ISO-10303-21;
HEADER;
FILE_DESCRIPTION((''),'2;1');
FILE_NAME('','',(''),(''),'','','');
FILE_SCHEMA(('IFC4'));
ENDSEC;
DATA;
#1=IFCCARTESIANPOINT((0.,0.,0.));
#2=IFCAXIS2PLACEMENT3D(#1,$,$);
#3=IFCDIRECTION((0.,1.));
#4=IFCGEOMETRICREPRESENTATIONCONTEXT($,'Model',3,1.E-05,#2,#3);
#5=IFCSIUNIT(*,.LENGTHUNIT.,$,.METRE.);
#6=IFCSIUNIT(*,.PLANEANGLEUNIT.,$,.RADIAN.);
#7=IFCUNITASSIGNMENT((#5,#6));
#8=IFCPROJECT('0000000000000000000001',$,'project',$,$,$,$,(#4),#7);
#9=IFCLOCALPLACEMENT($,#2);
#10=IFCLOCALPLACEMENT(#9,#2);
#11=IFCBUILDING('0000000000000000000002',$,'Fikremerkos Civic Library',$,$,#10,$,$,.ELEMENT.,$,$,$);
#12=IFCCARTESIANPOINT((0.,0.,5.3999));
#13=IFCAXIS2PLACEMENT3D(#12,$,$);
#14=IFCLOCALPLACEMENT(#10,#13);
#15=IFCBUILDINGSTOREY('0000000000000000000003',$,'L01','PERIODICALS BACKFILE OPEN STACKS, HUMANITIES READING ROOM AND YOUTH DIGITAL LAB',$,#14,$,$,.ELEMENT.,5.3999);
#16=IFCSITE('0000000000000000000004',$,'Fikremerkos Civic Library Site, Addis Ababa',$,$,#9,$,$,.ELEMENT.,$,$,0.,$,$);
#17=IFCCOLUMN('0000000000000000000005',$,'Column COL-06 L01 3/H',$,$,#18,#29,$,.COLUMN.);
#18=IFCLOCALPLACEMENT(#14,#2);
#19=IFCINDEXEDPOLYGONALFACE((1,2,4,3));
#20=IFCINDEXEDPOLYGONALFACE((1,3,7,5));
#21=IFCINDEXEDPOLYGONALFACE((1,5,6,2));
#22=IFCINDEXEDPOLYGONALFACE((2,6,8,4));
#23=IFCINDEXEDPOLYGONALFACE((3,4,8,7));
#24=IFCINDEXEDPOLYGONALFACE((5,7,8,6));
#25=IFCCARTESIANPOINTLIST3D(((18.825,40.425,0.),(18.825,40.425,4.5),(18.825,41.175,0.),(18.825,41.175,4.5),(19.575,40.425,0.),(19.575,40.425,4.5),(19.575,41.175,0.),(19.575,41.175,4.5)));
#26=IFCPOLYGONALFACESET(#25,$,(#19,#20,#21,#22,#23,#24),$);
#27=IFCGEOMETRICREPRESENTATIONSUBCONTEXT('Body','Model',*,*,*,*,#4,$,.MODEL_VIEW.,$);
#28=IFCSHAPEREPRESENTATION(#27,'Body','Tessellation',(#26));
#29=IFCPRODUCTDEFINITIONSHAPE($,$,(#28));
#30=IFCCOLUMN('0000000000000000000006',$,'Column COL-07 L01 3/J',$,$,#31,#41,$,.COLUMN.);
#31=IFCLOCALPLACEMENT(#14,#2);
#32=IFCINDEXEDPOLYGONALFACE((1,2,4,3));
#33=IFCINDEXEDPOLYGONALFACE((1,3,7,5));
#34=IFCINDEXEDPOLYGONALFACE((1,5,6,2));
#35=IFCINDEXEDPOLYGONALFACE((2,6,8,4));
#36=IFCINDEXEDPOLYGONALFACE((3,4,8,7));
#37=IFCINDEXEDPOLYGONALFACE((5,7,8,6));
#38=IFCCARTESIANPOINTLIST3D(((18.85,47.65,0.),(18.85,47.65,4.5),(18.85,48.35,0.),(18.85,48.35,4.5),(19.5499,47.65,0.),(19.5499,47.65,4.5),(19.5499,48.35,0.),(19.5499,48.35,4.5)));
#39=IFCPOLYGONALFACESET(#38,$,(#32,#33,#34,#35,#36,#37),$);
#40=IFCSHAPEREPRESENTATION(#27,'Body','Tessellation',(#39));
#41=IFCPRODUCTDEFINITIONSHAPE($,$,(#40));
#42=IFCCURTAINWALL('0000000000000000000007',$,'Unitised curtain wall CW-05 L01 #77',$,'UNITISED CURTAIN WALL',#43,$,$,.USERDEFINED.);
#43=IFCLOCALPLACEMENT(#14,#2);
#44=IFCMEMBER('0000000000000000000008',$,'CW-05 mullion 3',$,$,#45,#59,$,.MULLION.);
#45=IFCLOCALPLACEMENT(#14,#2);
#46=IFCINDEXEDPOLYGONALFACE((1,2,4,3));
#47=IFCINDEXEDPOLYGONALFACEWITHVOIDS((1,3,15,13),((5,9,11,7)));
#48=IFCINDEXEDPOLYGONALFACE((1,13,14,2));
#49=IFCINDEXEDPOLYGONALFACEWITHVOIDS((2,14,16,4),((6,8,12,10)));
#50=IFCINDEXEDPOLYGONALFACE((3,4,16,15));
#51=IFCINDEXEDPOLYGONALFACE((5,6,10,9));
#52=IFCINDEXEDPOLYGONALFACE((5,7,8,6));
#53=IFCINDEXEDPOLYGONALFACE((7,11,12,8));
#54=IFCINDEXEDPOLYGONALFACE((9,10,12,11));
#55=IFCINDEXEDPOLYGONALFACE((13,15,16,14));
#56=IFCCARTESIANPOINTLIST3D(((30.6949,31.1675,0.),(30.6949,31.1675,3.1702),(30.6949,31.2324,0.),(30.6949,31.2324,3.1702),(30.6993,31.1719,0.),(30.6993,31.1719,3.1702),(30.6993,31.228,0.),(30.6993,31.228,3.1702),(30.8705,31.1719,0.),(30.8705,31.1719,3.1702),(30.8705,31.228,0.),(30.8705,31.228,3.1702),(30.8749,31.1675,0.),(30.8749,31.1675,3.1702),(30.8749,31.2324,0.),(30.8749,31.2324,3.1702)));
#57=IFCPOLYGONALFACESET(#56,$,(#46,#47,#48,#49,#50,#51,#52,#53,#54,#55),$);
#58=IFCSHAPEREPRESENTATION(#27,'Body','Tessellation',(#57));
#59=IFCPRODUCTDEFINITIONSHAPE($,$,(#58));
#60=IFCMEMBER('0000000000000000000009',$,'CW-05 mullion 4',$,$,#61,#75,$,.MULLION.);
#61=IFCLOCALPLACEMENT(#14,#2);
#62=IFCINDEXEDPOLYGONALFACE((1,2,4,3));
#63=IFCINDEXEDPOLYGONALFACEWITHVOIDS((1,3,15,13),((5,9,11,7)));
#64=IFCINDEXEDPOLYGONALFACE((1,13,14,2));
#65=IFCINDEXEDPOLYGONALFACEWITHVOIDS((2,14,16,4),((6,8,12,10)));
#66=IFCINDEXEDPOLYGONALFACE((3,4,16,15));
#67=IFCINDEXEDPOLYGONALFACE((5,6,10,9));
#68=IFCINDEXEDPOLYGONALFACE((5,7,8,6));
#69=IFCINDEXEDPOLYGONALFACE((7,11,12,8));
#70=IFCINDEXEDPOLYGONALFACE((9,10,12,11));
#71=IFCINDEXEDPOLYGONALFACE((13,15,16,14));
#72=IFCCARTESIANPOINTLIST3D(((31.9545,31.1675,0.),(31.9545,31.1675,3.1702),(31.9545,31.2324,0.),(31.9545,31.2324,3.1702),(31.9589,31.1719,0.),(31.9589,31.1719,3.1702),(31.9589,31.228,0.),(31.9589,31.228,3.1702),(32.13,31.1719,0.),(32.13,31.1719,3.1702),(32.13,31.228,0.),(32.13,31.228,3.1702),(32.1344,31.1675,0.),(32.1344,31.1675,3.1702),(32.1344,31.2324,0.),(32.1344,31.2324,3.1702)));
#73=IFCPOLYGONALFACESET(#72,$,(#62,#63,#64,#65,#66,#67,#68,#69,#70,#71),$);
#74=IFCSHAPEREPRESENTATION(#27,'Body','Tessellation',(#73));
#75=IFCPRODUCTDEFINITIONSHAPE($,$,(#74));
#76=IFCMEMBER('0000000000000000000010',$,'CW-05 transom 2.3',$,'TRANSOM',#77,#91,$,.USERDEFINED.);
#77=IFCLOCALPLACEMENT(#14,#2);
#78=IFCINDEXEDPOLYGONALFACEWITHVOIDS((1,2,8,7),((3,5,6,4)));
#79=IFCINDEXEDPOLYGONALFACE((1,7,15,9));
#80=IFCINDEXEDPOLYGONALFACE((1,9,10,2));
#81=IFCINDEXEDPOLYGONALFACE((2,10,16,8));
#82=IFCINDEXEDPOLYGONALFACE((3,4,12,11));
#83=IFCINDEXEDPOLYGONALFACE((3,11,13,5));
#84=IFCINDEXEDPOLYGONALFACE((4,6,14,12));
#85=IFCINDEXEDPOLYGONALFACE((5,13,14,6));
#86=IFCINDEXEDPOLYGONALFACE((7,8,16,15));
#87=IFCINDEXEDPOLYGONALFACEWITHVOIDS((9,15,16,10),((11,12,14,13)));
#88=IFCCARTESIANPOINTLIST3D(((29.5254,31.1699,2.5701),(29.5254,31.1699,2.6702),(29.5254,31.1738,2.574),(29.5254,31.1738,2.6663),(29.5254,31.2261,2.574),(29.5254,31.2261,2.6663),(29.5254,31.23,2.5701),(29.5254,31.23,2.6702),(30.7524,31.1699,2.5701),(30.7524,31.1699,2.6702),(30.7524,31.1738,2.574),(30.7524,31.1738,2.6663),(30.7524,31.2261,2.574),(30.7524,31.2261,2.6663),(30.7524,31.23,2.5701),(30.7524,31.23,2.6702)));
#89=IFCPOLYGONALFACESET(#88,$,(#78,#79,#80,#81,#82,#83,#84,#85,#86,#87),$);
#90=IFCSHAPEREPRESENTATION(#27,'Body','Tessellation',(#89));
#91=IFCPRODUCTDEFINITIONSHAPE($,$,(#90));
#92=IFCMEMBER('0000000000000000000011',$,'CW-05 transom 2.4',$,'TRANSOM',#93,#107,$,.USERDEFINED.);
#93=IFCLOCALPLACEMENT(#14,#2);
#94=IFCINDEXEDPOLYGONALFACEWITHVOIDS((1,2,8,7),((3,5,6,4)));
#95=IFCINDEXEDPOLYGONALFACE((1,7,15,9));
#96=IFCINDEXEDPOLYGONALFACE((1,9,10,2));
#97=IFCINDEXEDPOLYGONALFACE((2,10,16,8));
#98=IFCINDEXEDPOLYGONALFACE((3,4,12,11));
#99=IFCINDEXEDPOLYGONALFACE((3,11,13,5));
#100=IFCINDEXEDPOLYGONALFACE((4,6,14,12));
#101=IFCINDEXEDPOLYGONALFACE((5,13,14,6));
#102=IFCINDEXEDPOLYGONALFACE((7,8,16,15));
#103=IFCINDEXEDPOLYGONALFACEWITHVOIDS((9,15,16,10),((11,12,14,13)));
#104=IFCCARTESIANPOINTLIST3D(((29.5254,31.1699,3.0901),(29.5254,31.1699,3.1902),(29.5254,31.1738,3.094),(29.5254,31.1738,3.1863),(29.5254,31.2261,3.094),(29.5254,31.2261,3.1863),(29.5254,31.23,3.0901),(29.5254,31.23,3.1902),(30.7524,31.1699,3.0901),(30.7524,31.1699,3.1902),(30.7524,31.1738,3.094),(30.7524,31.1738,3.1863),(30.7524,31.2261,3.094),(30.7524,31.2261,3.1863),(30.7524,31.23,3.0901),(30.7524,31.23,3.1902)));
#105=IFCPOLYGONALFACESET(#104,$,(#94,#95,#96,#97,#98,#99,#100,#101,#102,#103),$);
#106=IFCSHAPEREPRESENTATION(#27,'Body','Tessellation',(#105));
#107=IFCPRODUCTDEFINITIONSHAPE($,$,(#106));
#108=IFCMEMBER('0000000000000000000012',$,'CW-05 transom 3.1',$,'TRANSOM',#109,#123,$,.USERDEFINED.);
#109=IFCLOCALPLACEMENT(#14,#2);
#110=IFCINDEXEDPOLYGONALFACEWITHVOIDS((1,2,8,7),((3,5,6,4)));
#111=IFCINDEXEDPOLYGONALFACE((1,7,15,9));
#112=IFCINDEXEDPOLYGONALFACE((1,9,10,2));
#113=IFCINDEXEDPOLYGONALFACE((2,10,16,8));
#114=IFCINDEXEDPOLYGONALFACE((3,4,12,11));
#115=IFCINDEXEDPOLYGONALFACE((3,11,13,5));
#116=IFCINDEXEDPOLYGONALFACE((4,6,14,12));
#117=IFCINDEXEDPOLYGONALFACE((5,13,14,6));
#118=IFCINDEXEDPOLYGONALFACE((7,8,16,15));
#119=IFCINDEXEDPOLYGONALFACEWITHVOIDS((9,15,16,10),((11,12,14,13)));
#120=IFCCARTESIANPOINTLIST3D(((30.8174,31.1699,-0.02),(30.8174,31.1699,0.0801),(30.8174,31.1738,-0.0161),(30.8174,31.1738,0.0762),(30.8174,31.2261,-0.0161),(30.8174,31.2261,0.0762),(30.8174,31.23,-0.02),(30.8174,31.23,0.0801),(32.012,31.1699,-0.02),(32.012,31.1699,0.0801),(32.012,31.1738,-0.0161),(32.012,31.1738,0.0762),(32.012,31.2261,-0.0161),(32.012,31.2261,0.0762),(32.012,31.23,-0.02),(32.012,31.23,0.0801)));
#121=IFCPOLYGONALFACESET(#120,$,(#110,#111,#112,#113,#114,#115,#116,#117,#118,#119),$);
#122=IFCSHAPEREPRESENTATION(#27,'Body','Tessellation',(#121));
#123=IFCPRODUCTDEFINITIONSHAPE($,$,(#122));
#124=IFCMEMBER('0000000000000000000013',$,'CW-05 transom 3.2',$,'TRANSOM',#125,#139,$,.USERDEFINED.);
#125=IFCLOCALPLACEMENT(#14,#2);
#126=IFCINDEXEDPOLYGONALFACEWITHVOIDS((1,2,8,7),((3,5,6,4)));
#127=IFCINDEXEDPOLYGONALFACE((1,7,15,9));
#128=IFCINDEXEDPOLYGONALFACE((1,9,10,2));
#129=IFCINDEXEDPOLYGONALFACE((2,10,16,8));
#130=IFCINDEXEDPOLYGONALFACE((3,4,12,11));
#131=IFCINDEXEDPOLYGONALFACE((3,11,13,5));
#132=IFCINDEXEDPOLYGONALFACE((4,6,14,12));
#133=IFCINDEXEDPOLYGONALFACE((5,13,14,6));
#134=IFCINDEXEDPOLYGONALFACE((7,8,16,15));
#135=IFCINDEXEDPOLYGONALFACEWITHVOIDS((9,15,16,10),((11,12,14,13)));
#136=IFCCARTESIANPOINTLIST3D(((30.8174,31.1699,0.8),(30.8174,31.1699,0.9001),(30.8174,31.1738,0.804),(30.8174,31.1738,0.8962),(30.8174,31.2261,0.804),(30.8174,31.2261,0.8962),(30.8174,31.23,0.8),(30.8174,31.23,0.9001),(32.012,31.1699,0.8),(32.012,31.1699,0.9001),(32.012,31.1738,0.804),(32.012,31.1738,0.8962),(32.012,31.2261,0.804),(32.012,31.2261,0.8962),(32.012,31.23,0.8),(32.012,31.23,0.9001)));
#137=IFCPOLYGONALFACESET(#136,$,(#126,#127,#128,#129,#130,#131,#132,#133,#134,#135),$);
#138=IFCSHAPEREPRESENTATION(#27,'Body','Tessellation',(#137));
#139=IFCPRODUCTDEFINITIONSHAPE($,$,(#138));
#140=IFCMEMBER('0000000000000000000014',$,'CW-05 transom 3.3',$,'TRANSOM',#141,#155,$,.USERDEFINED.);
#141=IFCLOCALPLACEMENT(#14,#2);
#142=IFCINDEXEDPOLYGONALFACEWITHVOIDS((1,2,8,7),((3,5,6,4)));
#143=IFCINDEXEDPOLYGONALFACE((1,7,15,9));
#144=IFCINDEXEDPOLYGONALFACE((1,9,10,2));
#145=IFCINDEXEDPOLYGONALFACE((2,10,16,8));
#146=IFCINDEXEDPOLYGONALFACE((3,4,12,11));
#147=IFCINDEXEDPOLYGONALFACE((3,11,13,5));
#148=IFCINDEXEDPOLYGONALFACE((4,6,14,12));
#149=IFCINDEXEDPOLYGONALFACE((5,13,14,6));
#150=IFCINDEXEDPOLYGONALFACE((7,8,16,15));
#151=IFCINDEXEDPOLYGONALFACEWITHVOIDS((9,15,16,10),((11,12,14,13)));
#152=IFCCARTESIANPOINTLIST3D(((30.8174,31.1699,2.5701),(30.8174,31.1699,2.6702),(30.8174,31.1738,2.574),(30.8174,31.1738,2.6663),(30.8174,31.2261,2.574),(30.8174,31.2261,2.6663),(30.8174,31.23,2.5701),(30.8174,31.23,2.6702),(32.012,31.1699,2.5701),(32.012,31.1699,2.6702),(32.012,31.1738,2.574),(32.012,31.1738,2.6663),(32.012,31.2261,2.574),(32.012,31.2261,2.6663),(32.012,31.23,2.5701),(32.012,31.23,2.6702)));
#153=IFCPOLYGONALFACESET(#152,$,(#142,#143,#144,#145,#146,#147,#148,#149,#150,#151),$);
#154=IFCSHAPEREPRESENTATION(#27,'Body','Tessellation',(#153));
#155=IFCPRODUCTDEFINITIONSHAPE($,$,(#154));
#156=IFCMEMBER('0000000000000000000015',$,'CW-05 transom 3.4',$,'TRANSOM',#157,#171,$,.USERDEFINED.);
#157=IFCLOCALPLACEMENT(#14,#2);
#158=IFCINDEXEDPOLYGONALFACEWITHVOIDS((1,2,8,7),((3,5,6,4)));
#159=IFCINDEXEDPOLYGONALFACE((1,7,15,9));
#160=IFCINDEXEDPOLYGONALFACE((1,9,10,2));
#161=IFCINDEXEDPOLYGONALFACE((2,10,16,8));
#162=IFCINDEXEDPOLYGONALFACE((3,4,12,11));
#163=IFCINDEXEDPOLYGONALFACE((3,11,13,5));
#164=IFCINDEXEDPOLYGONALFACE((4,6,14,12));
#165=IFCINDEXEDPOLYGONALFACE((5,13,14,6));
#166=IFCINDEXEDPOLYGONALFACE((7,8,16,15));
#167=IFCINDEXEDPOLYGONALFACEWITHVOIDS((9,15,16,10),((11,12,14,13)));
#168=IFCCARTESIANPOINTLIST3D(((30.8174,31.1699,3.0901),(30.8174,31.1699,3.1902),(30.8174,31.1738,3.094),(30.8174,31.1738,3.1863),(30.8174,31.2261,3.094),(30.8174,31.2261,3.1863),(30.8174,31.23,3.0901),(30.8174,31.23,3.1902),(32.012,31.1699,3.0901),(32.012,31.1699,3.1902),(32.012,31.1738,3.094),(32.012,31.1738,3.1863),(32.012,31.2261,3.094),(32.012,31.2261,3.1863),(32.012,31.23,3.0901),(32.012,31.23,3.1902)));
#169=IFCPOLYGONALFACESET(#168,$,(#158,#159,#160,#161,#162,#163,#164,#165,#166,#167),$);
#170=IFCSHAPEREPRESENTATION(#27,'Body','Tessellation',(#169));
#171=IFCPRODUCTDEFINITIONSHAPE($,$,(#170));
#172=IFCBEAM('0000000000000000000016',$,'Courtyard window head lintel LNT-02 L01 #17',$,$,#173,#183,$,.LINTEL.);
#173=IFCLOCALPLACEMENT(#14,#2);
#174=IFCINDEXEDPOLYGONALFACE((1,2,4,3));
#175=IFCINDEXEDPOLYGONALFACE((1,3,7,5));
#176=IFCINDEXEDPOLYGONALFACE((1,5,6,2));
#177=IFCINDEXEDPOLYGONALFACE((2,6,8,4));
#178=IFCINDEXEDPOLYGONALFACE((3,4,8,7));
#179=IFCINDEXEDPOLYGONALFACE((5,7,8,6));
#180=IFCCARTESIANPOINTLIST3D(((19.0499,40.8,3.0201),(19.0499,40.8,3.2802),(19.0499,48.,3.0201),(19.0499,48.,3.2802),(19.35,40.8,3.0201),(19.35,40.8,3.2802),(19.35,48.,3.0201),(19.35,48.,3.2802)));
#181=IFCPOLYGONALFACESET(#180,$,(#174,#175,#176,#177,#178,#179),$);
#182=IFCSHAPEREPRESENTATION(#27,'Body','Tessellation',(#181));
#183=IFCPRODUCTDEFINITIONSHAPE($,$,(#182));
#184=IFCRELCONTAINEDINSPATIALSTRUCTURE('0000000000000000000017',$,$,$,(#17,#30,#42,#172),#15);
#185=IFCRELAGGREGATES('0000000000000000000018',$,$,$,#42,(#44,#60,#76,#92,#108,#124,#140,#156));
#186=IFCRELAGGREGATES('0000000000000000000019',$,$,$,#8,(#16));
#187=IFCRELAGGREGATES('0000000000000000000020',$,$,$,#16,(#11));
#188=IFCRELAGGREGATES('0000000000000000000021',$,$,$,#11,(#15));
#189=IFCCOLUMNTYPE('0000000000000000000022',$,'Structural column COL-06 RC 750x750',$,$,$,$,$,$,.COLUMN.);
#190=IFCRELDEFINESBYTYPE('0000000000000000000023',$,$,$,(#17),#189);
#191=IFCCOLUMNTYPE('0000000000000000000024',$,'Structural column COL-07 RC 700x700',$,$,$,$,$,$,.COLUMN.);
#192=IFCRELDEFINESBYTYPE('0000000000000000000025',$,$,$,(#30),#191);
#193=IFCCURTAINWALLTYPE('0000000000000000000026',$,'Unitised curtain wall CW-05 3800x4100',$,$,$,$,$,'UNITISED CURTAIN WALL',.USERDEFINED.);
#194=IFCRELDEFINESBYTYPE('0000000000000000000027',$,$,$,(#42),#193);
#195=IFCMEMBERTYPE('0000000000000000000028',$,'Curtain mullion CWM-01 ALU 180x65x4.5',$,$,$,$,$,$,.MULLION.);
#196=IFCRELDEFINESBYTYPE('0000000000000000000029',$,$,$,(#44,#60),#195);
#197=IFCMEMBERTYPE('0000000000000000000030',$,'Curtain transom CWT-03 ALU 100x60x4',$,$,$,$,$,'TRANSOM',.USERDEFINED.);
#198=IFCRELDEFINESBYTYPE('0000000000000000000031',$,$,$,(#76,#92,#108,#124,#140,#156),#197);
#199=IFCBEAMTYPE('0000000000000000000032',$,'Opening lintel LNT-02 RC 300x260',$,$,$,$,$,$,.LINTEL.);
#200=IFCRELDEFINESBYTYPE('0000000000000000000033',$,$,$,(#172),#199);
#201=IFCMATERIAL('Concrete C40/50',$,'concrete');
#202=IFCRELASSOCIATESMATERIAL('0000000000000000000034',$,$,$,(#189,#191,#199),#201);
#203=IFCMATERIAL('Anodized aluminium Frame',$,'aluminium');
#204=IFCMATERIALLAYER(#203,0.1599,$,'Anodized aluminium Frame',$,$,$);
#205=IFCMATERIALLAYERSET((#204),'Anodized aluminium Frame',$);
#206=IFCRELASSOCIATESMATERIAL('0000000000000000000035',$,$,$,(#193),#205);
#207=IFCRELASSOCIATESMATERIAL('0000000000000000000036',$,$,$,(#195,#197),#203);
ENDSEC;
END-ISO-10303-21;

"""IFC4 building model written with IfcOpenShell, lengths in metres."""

from ifc_helpers import new_model, si_unit, direction, frame, origin, origin_2d, place, context, subcontext, project, spatial, rectangle, hollow_rectangle, extrude, material, layer, layer_set, material_profile, profile_set, type_object, element, aggregate, save


model = new_model("IFC4")

# Units and contexts
model_context = context("Model", 3, precision=1e-05, world=origin(), true_north=direction((0.0, 1.0)))
body_context = subcontext(model_context, "Body", "Model", "MODEL_VIEW")
ifc_project = project(units=[si_unit("LENGTHUNIT", "METRE"), si_unit("PLANEANGLEUNIT", "RADIAN")], contexts=[model_context])

# Site, building, storey
site_placement = place(None, origin())
site = spatial("IfcSite", under=ifc_project, at=site_placement, Name="Fikremerkos Civic Library Site, Addis Ababa", CompositionType="ELEMENT", RefElevation=0.0)
building_placement = place(site_placement, origin())
building = spatial("IfcBuilding", under=site, at=building_placement, Name="Fikremerkos Civic Library", CompositionType="ELEMENT")
storey_placement = place(building_placement, frame((0.0, 0.0, 5.3999)))
storey = spatial("IfcBuildingStorey", under=building, at=storey_placement, Name="L01", Description="PERIODICALS BACKFILE OPEN STACKS, HUMANITIES READING ROOM AND YOUTH DIGITAL LAB", CompositionType="ELEMENT", Elevation=5.3999)

# Columns
ifc_material_1 = material(Name="Concrete C40/50", Category="concrete")
ifc_material_profile_1 = material_profile(ifc_material_1, rectangle(XDim=0.75, YDim=0.75, at=origin_2d()), Name="RC 750x750")
ifc_profile_set_1 = profile_set([ifc_material_profile_1], Name="Concrete C40/50")
column_type_1 = type_object("IfcColumnType", Name="Structural column COL-06 RC 750x750", PredefinedType="COLUMN", material=ifc_profile_set_1)
column_1_placement = place(storey_placement, frame((19.2, 40.8, 0.0), z_axis=(0.0, 0.0, 1.0), x_axis=(1.0, 0.0, 0.0)))
element("IfcColumn", 1, at=column_1_placement, inside=storey, type_object=column_type_1, Name="Column COL-06 L01 3/H", PredefinedType="COLUMN", context=body_context, shape_type="SweptSolid", body=[
    extrude(rectangle(XDim=0.75, YDim=0.75, at=origin_2d()), origin(), (0.0, 0.0, 1.0), 4.5),
])
ifc_material_profile_2 = material_profile(ifc_material_1, rectangle(XDim=0.7, YDim=0.7, at=origin_2d()), Name="RC 700x700")
ifc_profile_set_2 = profile_set([ifc_material_profile_2], Name="Concrete C40/50")
column_type_2 = type_object("IfcColumnType", Name="Structural column COL-07 RC 700x700", PredefinedType="COLUMN", material=ifc_profile_set_2)
column_2_placement = place(storey_placement, frame((19.2, 48.0, 0.0), z_axis=(0.0, 0.0, 1.0), x_axis=(1.0, 0.0, 0.0)))
element("IfcColumn", 2, at=column_2_placement, inside=storey, type_object=column_type_2, Name="Column COL-07 L01 3/J", PredefinedType="COLUMN", context=body_context, shape_type="SweptSolid", body=[
    extrude(rectangle(XDim=0.7, YDim=0.7, at=origin_2d()), origin(), (0.0, 0.0, 1.0), 4.5),
])

# Curtain wall, members
ifc_material_2 = material(Name="Anodized aluminium Frame", Category="aluminium")
ifc_layer_1 = layer(ifc_material_2, 0.1599, Name="Anodized aluminium Frame")
ifc_layer_set_1 = layer_set([ifc_layer_1], Name="Anodized aluminium Frame")
curtain_wall_type = type_object("IfcCurtainWallType", Name="Unitised curtain wall CW-05 3800x4100", ElementType="UNITISED CURTAIN WALL", PredefinedType="USERDEFINED", material=ifc_layer_set_1)
curtain_wall_placement = place(storey_placement, origin())
curtain_wall = element("IfcCurtainWall", 3, at=curtain_wall_placement, inside=storey, type_object=curtain_wall_type, Name="Unitised curtain wall CW-05 L01 #77", ObjectType="UNITISED CURTAIN WALL", PredefinedType="USERDEFINED")
ifc_material_profile_3 = material_profile(ifc_material_2, hollow_rectangle(XDim=0.0649, YDim=0.1799, WallThickness=0.0044, at=origin_2d()), Name="ALU 180x65x4.5")
ifc_profile_set_3 = profile_set([ifc_material_profile_3], Name="Anodized aluminium Frame")
member_type_1 = type_object("IfcMemberType", Name="Curtain mullion CWM-01 ALU 180x65x4.5", PredefinedType="MULLION", material=ifc_profile_set_3)
member_1_placement = place(storey_placement, frame((30.7849, 31.2, 0.0), z_axis=(0.0, 0.0, 1.0), x_axis=(0.0, 1.0, 0.0)))
member_1 = element("IfcMember", 4, at=member_1_placement, type_object=member_type_1, Name="CW-05 mullion 3", PredefinedType="MULLION", context=body_context, shape_type="SweptSolid", body=[
    extrude(hollow_rectangle(XDim=0.0649, YDim=0.1799, WallThickness=0.0044, at=origin_2d()), origin(), (0.0, 0.0, 1.0), 3.1702),
])
member_2_placement = place(storey_placement, frame((32.0444, 31.2, 0.0), z_axis=(0.0, 0.0, 1.0), x_axis=(0.0, 1.0, 0.0)))
member_2 = element("IfcMember", 5, at=member_2_placement, type_object=member_type_1, Name="CW-05 mullion 4", PredefinedType="MULLION", context=body_context, shape_type="SweptSolid", body=[
    extrude(hollow_rectangle(XDim=0.0649, YDim=0.1799, WallThickness=0.0044, at=origin_2d()), origin(), (0.0, 0.0, 1.0), 3.1702),
])
ifc_material_profile_4 = material_profile(ifc_material_2, hollow_rectangle(XDim=0.0601, YDim=0.1001, WallThickness=0.0039, at=origin_2d()), Name="ALU 100x60x4")
ifc_profile_set_4 = profile_set([ifc_material_profile_4], Name="Anodized aluminium Frame")
member_type_2 = type_object("IfcMemberType", Name="Curtain transom CWT-03 ALU 100x60x4", ElementType="TRANSOM", PredefinedType="USERDEFINED", material=ifc_profile_set_4)
member_3_placement = place(storey_placement, frame((29.5254, 31.2, 2.6201), z_axis=(1.0, 0.0, 0.0), x_axis=(0.0, 1.0, 0.0)))
member_3 = element("IfcMember", 6, at=member_3_placement, type_object=member_type_2, Name="CW-05 transom 2.3", ObjectType="TRANSOM", PredefinedType="USERDEFINED", context=body_context, shape_type="SweptSolid", body=[
    extrude(hollow_rectangle(XDim=0.0601, YDim=0.1001, WallThickness=0.0039, at=origin_2d()), origin(), (0.0, 0.0, 1.0), 1.2271),
])
member_4_placement = place(storey_placement, frame((29.5254, 31.2, 3.1401), z_axis=(1.0, 0.0, 0.0), x_axis=(0.0, 1.0, 0.0)))
member_4 = element("IfcMember", 7, at=member_4_placement, type_object=member_type_2, Name="CW-05 transom 2.4", ObjectType="TRANSOM", PredefinedType="USERDEFINED", context=body_context, shape_type="SweptSolid", body=[
    extrude(hollow_rectangle(XDim=0.0601, YDim=0.1001, WallThickness=0.0039, at=origin_2d()), origin(), (0.0, 0.0, 1.0), 1.2271),
])
member_5_placement = place(storey_placement, frame((30.8174, 31.2, 0.03), z_axis=(1.0, 0.0, 0.0), x_axis=(0.0, 1.0, 0.0)))
member_5 = element("IfcMember", 8, at=member_5_placement, type_object=member_type_2, Name="CW-05 transom 3.1", ObjectType="TRANSOM", PredefinedType="USERDEFINED", context=body_context, shape_type="SweptSolid", body=[
    extrude(hollow_rectangle(XDim=0.0601, YDim=0.1001, WallThickness=0.0039, at=origin_2d()), origin(), (0.0, 0.0, 1.0), 1.1946),
])
member_6_placement = place(storey_placement, frame((30.8174, 31.2, 0.8501), z_axis=(1.0, 0.0, 0.0), x_axis=(0.0, 1.0, 0.0)))
member_6 = element("IfcMember", 9, at=member_6_placement, type_object=member_type_2, Name="CW-05 transom 3.2", ObjectType="TRANSOM", PredefinedType="USERDEFINED", context=body_context, shape_type="SweptSolid", body=[
    extrude(hollow_rectangle(XDim=0.0601, YDim=0.1001, WallThickness=0.0039, at=origin_2d()), origin(), (0.0, 0.0, 1.0), 1.1946),
])
member_7_placement = place(storey_placement, frame((30.8174, 31.2, 2.6201), z_axis=(1.0, 0.0, 0.0), x_axis=(0.0, 1.0, 0.0)))
member_7 = element("IfcMember", 10, at=member_7_placement, type_object=member_type_2, Name="CW-05 transom 3.3", ObjectType="TRANSOM", PredefinedType="USERDEFINED", context=body_context, shape_type="SweptSolid", body=[
    extrude(hollow_rectangle(XDim=0.0601, YDim=0.1001, WallThickness=0.0039, at=origin_2d()), origin(), (0.0, 0.0, 1.0), 1.1946),
])
member_8_placement = place(storey_placement, frame((30.8174, 31.2, 3.1401), z_axis=(1.0, 0.0, 0.0), x_axis=(0.0, 1.0, 0.0)))
member_8 = element("IfcMember", 11, at=member_8_placement, type_object=member_type_2, Name="CW-05 transom 3.4", ObjectType="TRANSOM", PredefinedType="USERDEFINED", context=body_context, shape_type="SweptSolid", body=[
    extrude(hollow_rectangle(XDim=0.0601, YDim=0.1001, WallThickness=0.0039, at=origin_2d()), origin(), (0.0, 0.0, 1.0), 1.1946),
])

# Beam
ifc_material_profile_5 = material_profile(ifc_material_1, rectangle(XDim=0.3, YDim=0.26, at=origin_2d()), Name="RC 300x260")
ifc_profile_set_5 = profile_set([ifc_material_profile_5], Name="Concrete C40/50")
beam_type_1 = type_object("IfcBeamType", Name="Opening lintel LNT-02 RC 300x260", PredefinedType="LINTEL", material=ifc_profile_set_5)
beam_1_placement = place(storey_placement, frame((19.2, 48.0, 3.1501), z_axis=(0.0, -1.0, 0.0), x_axis=(1.0, 0.0, 0.0)))
element("IfcBeam", 12, at=beam_1_placement, inside=storey, type_object=beam_type_1, Name="Courtyard window head lintel LNT-02 L01 #17", PredefinedType="LINTEL", context=body_context, shape_type="SweptSolid", body=[
    extrude(rectangle(XDim=0.3, YDim=0.26, at=origin_2d()), origin(), (0.0, 0.0, 1.0), 7.2),
])

aggregate(curtain_wall, [member_1, member_2, member_3, member_4, member_5, member_6, member_7, member_8])

save(model, "model.ifc")
